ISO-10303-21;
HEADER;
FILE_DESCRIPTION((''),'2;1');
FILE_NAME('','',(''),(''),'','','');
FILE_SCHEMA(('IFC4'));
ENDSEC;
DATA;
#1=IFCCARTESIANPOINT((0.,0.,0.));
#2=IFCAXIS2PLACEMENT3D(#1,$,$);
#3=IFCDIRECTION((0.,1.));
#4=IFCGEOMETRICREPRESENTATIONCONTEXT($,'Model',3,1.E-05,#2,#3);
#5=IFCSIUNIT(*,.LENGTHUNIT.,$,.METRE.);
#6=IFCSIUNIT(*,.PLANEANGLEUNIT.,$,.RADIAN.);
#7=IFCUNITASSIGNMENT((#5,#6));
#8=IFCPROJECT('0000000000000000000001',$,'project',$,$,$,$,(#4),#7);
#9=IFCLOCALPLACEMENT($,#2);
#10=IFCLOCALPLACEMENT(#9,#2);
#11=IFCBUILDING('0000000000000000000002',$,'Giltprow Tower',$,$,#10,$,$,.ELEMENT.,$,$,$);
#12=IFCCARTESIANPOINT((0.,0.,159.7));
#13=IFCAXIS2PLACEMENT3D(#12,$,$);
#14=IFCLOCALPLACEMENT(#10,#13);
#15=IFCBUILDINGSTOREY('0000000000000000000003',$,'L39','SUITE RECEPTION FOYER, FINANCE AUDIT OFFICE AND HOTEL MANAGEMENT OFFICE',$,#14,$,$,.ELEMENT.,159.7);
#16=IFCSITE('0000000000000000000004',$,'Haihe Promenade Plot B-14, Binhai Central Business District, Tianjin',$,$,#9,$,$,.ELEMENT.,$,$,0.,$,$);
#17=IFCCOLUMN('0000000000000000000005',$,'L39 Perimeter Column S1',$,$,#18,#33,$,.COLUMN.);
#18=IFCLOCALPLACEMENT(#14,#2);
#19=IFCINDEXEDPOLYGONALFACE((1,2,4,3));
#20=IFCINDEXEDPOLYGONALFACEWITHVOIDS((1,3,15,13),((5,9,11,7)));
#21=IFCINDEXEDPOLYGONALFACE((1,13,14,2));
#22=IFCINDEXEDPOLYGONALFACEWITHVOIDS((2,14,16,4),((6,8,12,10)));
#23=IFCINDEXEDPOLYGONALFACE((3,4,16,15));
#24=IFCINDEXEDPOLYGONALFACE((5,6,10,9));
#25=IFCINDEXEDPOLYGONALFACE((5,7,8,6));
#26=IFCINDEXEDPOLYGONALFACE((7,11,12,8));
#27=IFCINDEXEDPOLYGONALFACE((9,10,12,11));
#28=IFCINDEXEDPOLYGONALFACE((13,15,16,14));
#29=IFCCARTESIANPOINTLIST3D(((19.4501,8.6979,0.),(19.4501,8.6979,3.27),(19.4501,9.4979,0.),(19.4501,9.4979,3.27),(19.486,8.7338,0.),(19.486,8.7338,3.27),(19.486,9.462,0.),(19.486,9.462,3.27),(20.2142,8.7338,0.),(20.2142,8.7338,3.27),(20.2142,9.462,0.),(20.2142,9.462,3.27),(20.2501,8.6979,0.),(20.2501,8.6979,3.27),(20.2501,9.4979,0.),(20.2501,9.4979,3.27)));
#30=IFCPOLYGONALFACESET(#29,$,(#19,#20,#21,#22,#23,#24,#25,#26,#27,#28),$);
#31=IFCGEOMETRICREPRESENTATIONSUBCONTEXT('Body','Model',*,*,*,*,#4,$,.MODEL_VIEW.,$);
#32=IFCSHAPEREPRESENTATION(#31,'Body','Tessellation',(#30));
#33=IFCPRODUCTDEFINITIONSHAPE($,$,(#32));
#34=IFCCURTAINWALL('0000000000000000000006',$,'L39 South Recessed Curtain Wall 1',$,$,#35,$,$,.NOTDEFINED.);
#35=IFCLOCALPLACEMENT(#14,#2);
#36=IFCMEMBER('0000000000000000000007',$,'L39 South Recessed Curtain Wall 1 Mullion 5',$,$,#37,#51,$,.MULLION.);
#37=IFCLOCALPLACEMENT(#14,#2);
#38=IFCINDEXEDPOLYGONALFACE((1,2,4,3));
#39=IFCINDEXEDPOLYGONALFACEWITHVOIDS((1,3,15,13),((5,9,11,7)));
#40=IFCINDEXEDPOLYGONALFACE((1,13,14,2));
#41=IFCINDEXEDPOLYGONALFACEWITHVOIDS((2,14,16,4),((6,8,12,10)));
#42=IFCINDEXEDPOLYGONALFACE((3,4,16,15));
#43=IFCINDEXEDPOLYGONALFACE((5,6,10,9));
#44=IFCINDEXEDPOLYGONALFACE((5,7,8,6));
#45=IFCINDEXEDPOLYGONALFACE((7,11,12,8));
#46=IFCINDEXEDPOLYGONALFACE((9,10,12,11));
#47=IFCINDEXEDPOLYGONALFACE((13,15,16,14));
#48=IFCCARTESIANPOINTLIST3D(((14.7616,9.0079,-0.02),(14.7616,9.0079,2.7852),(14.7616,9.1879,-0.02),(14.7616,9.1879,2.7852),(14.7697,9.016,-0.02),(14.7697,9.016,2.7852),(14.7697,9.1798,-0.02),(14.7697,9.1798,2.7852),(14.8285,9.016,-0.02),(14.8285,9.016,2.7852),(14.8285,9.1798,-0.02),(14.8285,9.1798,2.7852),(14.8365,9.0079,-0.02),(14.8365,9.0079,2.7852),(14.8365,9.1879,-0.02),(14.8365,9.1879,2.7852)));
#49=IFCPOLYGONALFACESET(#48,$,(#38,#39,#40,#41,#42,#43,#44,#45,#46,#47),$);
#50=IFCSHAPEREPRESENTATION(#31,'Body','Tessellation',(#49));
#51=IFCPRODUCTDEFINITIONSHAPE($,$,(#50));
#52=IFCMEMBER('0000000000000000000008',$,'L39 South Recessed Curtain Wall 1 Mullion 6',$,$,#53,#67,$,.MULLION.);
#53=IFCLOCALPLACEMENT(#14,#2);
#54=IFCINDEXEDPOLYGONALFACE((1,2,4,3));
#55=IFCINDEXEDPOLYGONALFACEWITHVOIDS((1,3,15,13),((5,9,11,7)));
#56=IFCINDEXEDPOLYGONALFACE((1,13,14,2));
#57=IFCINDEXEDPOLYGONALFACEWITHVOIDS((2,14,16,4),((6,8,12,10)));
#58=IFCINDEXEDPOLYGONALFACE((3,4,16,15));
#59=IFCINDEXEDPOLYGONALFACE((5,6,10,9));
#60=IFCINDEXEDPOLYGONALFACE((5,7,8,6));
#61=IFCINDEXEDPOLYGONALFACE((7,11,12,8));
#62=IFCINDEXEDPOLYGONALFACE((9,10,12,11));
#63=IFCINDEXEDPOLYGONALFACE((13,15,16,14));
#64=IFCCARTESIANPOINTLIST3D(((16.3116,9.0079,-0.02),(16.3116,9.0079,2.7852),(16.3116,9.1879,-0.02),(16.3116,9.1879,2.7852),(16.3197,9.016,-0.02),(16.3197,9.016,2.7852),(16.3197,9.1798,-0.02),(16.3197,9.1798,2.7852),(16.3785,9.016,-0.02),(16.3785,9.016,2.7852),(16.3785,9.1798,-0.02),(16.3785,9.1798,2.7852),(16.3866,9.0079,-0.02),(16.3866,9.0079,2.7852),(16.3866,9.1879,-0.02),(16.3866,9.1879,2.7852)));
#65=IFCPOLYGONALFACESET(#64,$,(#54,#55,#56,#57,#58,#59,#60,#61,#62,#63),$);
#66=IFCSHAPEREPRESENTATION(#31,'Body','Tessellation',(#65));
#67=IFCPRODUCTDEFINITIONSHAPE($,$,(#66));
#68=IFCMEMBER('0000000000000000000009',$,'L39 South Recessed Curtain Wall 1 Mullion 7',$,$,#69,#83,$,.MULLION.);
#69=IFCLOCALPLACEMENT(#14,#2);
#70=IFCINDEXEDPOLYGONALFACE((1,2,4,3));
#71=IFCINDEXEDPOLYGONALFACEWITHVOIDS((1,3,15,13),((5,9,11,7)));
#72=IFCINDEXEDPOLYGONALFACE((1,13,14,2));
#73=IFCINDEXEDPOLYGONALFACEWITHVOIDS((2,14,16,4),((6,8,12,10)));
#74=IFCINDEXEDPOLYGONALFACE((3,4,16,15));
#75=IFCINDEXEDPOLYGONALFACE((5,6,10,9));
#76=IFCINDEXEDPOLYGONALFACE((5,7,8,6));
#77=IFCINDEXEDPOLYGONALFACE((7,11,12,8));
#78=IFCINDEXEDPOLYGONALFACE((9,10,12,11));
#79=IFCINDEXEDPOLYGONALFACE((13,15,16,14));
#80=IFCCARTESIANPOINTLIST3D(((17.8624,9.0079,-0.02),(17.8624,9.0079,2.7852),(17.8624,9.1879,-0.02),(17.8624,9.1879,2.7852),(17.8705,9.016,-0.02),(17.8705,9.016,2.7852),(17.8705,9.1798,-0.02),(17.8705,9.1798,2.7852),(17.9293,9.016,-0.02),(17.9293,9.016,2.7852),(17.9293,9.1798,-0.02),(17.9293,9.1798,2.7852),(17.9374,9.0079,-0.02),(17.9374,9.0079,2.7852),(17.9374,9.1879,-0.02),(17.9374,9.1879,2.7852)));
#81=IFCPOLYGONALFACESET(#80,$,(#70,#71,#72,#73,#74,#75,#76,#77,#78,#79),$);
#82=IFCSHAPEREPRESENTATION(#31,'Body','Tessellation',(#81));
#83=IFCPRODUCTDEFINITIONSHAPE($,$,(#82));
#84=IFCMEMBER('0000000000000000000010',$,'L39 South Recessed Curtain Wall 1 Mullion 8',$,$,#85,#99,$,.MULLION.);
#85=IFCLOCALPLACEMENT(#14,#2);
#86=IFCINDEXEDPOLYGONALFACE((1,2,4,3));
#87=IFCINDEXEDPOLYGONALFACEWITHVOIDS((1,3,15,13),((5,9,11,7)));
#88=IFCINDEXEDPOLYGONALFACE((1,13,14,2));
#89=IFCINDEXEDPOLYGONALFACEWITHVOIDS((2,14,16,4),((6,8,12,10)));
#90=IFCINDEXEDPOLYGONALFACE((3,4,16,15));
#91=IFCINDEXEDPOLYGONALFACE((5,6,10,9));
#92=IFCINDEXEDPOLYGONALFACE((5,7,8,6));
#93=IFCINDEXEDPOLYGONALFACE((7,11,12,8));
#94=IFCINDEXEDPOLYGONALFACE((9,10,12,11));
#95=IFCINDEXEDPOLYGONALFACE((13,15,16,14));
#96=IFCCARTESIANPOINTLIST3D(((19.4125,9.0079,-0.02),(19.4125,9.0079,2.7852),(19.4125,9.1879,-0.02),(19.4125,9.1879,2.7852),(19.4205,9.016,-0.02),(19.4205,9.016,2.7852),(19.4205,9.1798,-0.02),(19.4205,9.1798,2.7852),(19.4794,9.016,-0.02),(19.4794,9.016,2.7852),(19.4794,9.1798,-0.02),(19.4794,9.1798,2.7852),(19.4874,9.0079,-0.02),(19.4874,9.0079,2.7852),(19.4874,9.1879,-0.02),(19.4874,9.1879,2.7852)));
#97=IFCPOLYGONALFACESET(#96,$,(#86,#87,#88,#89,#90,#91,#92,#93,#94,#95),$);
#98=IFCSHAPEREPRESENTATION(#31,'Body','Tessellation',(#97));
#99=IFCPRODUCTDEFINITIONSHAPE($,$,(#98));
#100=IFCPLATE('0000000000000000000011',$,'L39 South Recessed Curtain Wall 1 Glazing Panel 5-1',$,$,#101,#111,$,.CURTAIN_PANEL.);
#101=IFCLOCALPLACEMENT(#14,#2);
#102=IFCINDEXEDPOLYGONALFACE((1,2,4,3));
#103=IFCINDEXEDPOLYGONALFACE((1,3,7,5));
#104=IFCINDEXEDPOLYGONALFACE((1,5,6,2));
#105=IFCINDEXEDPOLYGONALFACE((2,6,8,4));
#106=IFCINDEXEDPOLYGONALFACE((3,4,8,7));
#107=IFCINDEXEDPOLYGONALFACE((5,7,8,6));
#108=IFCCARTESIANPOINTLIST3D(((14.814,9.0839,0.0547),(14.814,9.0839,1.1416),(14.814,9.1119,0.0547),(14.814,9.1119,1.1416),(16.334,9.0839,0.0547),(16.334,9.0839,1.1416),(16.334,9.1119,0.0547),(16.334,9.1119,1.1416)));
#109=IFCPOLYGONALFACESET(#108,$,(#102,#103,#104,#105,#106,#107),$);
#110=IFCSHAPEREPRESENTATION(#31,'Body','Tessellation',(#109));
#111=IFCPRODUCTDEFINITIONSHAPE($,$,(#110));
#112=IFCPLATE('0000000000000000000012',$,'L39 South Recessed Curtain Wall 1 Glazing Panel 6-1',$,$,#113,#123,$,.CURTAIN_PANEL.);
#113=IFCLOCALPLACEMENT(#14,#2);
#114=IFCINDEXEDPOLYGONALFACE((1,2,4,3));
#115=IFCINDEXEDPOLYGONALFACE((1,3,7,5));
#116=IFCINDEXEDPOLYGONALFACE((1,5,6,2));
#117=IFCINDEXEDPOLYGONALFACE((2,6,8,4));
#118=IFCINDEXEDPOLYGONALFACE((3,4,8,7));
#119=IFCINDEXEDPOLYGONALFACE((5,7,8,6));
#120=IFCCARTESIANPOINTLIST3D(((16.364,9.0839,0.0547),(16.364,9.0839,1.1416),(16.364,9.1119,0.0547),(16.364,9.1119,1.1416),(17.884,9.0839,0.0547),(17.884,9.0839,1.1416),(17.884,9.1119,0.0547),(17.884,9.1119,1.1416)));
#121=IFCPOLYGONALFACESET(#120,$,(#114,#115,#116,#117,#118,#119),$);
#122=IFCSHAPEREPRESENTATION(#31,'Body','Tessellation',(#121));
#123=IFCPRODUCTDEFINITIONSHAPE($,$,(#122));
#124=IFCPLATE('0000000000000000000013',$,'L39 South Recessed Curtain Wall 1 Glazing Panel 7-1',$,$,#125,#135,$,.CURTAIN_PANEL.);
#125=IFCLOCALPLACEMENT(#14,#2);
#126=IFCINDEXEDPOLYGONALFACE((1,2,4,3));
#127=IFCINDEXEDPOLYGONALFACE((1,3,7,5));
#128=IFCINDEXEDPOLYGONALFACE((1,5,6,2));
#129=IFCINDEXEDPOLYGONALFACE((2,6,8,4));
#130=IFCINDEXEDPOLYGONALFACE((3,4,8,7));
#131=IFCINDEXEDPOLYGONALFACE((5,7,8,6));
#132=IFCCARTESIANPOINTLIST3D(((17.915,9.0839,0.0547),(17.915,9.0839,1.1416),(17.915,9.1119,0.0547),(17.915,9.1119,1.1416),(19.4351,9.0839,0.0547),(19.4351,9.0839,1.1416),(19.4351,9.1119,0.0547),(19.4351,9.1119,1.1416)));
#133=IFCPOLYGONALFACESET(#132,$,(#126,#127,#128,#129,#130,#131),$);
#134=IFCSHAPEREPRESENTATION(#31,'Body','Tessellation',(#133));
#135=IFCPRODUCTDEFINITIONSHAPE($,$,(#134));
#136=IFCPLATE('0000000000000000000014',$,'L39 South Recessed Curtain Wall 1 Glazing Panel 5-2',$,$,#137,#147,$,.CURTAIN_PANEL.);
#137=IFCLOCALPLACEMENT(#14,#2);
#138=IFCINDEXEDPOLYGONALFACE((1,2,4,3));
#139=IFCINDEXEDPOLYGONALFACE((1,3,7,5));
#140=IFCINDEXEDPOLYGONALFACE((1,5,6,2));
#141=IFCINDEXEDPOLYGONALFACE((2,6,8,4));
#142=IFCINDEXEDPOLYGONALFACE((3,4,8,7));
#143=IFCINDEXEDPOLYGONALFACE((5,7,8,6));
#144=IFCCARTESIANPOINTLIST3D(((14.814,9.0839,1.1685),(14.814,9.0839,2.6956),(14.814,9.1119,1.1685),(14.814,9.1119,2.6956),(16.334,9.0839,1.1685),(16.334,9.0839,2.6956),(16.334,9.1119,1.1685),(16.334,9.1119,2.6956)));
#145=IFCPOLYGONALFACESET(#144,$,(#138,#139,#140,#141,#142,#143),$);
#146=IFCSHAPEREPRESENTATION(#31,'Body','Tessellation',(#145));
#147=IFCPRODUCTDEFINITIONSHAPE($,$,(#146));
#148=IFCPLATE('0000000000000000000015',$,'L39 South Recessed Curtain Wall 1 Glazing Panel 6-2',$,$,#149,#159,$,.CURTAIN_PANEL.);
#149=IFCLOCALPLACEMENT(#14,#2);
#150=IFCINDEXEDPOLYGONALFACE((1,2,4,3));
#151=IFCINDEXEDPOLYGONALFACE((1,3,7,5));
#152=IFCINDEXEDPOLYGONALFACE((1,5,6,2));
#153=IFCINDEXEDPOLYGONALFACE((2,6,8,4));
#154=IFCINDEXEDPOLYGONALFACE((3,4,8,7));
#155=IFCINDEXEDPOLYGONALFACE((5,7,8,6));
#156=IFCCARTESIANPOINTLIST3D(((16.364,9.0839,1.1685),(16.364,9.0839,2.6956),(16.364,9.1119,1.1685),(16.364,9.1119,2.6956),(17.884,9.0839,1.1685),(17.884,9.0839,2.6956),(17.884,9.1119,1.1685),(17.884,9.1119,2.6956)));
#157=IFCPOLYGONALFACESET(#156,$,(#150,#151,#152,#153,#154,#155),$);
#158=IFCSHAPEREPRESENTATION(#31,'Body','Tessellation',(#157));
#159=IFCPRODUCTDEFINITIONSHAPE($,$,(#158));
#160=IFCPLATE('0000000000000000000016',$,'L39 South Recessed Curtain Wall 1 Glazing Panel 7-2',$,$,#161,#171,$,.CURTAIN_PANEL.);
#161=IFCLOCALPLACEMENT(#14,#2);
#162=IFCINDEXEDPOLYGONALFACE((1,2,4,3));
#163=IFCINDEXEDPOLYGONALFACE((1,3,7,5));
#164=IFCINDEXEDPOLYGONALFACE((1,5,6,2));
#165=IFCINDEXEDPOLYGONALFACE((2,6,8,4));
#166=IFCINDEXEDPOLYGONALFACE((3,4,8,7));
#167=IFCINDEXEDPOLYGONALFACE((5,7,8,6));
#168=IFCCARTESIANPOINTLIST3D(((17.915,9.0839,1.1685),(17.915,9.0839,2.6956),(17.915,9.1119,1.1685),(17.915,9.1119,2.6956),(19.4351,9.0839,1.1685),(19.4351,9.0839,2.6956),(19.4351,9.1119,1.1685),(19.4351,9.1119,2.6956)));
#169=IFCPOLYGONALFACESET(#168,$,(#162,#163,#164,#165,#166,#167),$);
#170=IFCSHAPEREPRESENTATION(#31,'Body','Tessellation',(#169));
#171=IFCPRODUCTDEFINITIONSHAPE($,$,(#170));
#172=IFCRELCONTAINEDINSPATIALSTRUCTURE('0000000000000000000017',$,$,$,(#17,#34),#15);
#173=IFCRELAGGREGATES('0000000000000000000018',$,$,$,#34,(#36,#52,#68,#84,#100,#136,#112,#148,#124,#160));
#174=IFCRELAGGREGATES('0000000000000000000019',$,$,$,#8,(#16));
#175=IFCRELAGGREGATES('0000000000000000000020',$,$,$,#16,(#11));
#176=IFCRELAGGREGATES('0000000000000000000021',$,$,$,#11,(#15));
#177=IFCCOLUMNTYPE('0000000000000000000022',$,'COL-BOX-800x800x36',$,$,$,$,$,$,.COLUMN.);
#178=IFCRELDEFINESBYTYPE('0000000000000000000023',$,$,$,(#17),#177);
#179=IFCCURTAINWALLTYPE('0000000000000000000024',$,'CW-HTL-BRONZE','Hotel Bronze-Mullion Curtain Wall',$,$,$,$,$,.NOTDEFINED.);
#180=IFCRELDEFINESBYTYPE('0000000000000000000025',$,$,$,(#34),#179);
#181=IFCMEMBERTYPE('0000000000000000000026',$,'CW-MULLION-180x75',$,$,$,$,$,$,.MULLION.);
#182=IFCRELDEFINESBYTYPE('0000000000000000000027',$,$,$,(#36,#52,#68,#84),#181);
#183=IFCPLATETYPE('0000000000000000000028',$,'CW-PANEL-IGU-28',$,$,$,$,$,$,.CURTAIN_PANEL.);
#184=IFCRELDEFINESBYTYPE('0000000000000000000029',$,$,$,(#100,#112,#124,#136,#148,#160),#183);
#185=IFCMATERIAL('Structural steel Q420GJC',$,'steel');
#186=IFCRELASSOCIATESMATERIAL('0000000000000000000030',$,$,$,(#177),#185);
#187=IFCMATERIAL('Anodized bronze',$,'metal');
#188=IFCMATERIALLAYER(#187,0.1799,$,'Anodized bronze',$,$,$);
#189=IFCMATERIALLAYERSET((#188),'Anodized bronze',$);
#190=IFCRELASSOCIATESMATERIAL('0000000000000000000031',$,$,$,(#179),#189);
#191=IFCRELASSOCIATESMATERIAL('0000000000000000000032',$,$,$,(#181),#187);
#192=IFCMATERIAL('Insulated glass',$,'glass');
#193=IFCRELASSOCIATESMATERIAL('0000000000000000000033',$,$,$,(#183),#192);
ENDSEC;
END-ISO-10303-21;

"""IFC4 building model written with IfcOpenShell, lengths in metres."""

from ifc_helpers import new_model, si_unit, direction, frame, origin, origin_2d, place, context, subcontext, project, spatial, rectangle, hollow_rectangle, extrude, source, transform, mapped, material, layer, layer_set, material_profile, profile_set, type_object, element, aggregate, save


model = new_model("IFC4")

# Units and contexts
model_context = context("Model", 3, precision=1e-05, world=origin(), true_north=direction((0.0, 1.0)))
body_context = subcontext(model_context, "Body", "Model", "MODEL_VIEW")
ifc_project = project(units=[si_unit("LENGTHUNIT", "METRE"), si_unit("PLANEANGLEUNIT", "RADIAN")], contexts=[model_context])

# Site, building, storey
site_placement = place(None, origin())
site = spatial("IfcSite", under=ifc_project, at=site_placement, Name="Haihe Promenade Plot B-14, Binhai Central Business District, Tianjin", CompositionType="ELEMENT", RefElevation=0.0)
building_placement = place(site_placement, origin())
building = spatial("IfcBuilding", under=site, at=building_placement, Name="Giltprow Tower", CompositionType="ELEMENT")
storey_placement = place(building_placement, frame((0.0, 0.0, 159.7)))
storey = spatial("IfcBuildingStorey", under=building, at=storey_placement, Name="L39", Description="SUITE RECEPTION FOYER, FINANCE AUDIT OFFICE AND HOTEL MANAGEMENT OFFICE", CompositionType="ELEMENT", Elevation=159.7)

# Column
ifc_material_1 = material(Name="Structural steel Q420GJC", Category="steel")
ifc_material_profile_1 = material_profile(ifc_material_1, hollow_rectangle(XDim=0.8, YDim=0.8, WallThickness=0.0359, at=origin_2d()), Name="BOX 800x800x36")
ifc_profile_set_1 = profile_set([ifc_material_profile_1], Name="Structural steel Q420GJC")
column_type = type_object("IfcColumnType", Name="COL-BOX-800x800x36", PredefinedType="COLUMN", material=ifc_profile_set_1)
shared_shape_1 = source(origin(), body_context, "Body", "SweptSolid", [
    extrude(hollow_rectangle(XDim=0.8, YDim=0.8, WallThickness=0.0359, at=origin_2d()), origin(), (0.0, 0.0, 1.0), 3.27),
])
column_placement = place(storey_placement, frame((19.8501, 9.0979, 0.0), z_axis=(0.0, 0.0, 1.0), x_axis=(1.0, 0.0, 0.0)))
element("IfcColumn", 1, at=column_placement, inside=storey, type_object=column_type, Name="L39 Perimeter Column S1", PredefinedType="COLUMN", context=body_context, shape_type="MappedRepresentation", body=[
    mapped(shared_shape_1, transform((0.0, 0.0, 0.0), x_axis=(1.0, 0.0, 0.0), y_axis=(0.0, 1.0, 0.0), z_axis=(0.0, 0.0, 1.0), scale=1.0)),
])

# Curtain wall, members, plates
ifc_material_2 = material(Name="Anodized bronze", Category="metal")
ifc_layer = layer(ifc_material_2, 0.1799, Name="Anodized bronze")
ifc_layer_set = layer_set([ifc_layer], Name="Anodized bronze")
curtain_wall_type = type_object("IfcCurtainWallType", Name="CW-HTL-BRONZE", Description="Hotel Bronze-Mullion Curtain Wall", PredefinedType="NOTDEFINED", material=ifc_layer_set)
curtain_wall_placement = place(storey_placement, origin())
curtain_wall = element("IfcCurtainWall", 2, at=curtain_wall_placement, inside=storey, type_object=curtain_wall_type, Name="L39 South Recessed Curtain Wall 1", PredefinedType="NOTDEFINED")
ifc_material_profile_2 = material_profile(ifc_material_2, hollow_rectangle(XDim=0.075, YDim=0.1799, WallThickness=0.0081, at=origin_2d()), Name="RHS 180x75x8")
ifc_profile_set_2 = profile_set([ifc_material_profile_2], Name="Anodized bronze")
member_type = type_object("IfcMemberType", Name="CW-MULLION-180x75", PredefinedType="MULLION", material=ifc_profile_set_2)
shared_shape_2 = source(origin(), body_context, "Body", "SweptSolid", [
    extrude(hollow_rectangle(XDim=0.075, YDim=0.1799, WallThickness=0.0081, at=origin_2d()), origin(), (0.0, 0.0, 1.0), 2.8052),
])
member_1_placement = place(storey_placement, frame((14.7991, 9.0979, -0.02), z_axis=(0.0, 0.0, 1.0), x_axis=(1.0, 0.0, 0.0)))
member_1 = element("IfcMember", 3, at=member_1_placement, type_object=member_type, Name="L39 South Recessed Curtain Wall 1 Mullion 5", PredefinedType="MULLION", context=body_context, shape_type="MappedRepresentation", body=[
    mapped(shared_shape_2, transform((0.0, 0.0, 0.0), x_axis=(1.0, 0.0, 0.0), y_axis=(0.0, 1.0, 0.0), z_axis=(0.0, 0.0, 1.0), scale=1.0)),
])
member_2_placement = place(storey_placement, frame((16.3491, 9.0979, -0.02), z_axis=(0.0, 0.0, 1.0), x_axis=(1.0, 0.0, 0.0)))
member_2 = element("IfcMember", 4, at=member_2_placement, type_object=member_type, Name="L39 South Recessed Curtain Wall 1 Mullion 6", PredefinedType="MULLION", context=body_context, shape_type="MappedRepresentation", body=[
    mapped(shared_shape_2, transform((0.0, 0.0, 0.0), x_axis=(1.0, 0.0, 0.0), y_axis=(0.0, 1.0, 0.0), z_axis=(0.0, 0.0, 1.0), scale=1.0)),
])
member_3_placement = place(storey_placement, frame((17.8999, 9.0979, -0.02), z_axis=(0.0, 0.0, 1.0), x_axis=(1.0, 0.0, 0.0)))
member_3 = element("IfcMember", 5, at=member_3_placement, type_object=member_type, Name="L39 South Recessed Curtain Wall 1 Mullion 7", PredefinedType="MULLION", context=body_context, shape_type="MappedRepresentation", body=[
    mapped(shared_shape_2, transform((0.0, 0.0, 0.0), x_axis=(1.0, 0.0, 0.0), y_axis=(0.0, 1.0, 0.0), z_axis=(0.0, 0.0, 1.0), scale=1.0)),
])
member_4_placement = place(storey_placement, frame((19.45, 9.0979, -0.02), z_axis=(0.0, 0.0, 1.0), x_axis=(1.0, 0.0, 0.0)))
member_4 = element("IfcMember", 6, at=member_4_placement, type_object=member_type, Name="L39 South Recessed Curtain Wall 1 Mullion 8", PredefinedType="MULLION", context=body_context, shape_type="MappedRepresentation", body=[
    mapped(shared_shape_2, transform((0.0, 0.0, 0.0), x_axis=(1.0, 0.0, 0.0), y_axis=(0.0, 1.0, 0.0), z_axis=(0.0, 0.0, 1.0), scale=1.0)),
])
ifc_material_3 = material(Name="Insulated glass", Category="glass")
plate_type = type_object("IfcPlateType", Name="CW-PANEL-IGU-28", PredefinedType="CURTAIN_PANEL", material=ifc_material_3)
shared_shape_3 = source(origin(), body_context, "Body", "SweptSolid", [
    extrude(rectangle(XDim=1.52, YDim=0.0281, at=origin_2d()), origin(), (0.0, 0.0, 1.0), 1.0869),
])
plate_1_placement = place(storey_placement, frame((15.574, 9.0979, 0.0547), z_axis=(0.0, 0.0, 1.0), x_axis=(1.0, 0.0, 0.0)))
plate_1 = element("IfcPlate", 7, at=plate_1_placement, type_object=plate_type, Name="L39 South Recessed Curtain Wall 1 Glazing Panel 5-1", PredefinedType="CURTAIN_PANEL", context=body_context, shape_type="MappedRepresentation", body=[
    mapped(shared_shape_3, transform((0.0, 0.0, 0.0), x_axis=(1.0, 0.0, 0.0), y_axis=(0.0, 1.0, 0.0), z_axis=(0.0, 0.0, 1.0), scale=1.0)),
])
plate_2_placement = place(storey_placement, frame((17.124, 9.0979, 0.0547), z_axis=(0.0, 0.0, 1.0), x_axis=(1.0, 0.0, 0.0)))
plate_2 = element("IfcPlate", 8, at=plate_2_placement, type_object=plate_type, Name="L39 South Recessed Curtain Wall 1 Glazing Panel 6-1", PredefinedType="CURTAIN_PANEL", context=body_context, shape_type="MappedRepresentation", body=[
    mapped(shared_shape_3, transform((0.0, 0.0, 0.0), x_axis=(1.0, 0.0, 0.0), y_axis=(0.0, 1.0, 0.0), z_axis=(0.0, 0.0, 1.0), scale=1.0)),
])
plate_3_placement = place(storey_placement, frame((18.675, 9.0979, 0.0547), z_axis=(0.0, 0.0, 1.0), x_axis=(1.0, 0.0, 0.0)))
plate_3 = element("IfcPlate", 9, at=plate_3_placement, type_object=plate_type, Name="L39 South Recessed Curtain Wall 1 Glazing Panel 7-1", PredefinedType="CURTAIN_PANEL", context=body_context, shape_type="MappedRepresentation", body=[
    mapped(shared_shape_3, transform((0.0, 0.0, 0.0), x_axis=(1.0, 0.0, 0.0), y_axis=(0.0, 1.0, 0.0), z_axis=(0.0, 0.0, 1.0), scale=1.0)),
])
shared_shape_4 = source(origin(), body_context, "Body", "SweptSolid", [
    extrude(rectangle(XDim=1.52, YDim=0.0281, at=origin_2d()), origin(), (0.0, 0.0, 1.0), 1.5271),
])
plate_4_placement = place(storey_placement, frame((15.574, 9.0979, 1.1685), z_axis=(0.0, 0.0, 1.0), x_axis=(1.0, 0.0, 0.0)))
plate_4 = element("IfcPlate", 10, at=plate_4_placement, type_object=plate_type, Name="L39 South Recessed Curtain Wall 1 Glazing Panel 5-2", PredefinedType="CURTAIN_PANEL", context=body_context, shape_type="MappedRepresentation", body=[
    mapped(shared_shape_4, transform((0.0, 0.0, 0.0), x_axis=(1.0, 0.0, 0.0), y_axis=(0.0, 1.0, 0.0), z_axis=(0.0, 0.0, 1.0), scale=1.0)),
])
plate_5_placement = place(storey_placement, frame((17.124, 9.0979, 1.1685), z_axis=(0.0, 0.0, 1.0), x_axis=(1.0, 0.0, 0.0)))
plate_5 = element("IfcPlate", 11, at=plate_5_placement, type_object=plate_type, Name="L39 South Recessed Curtain Wall 1 Glazing Panel 6-2", PredefinedType="CURTAIN_PANEL", context=body_context, shape_type="MappedRepresentation", body=[
    mapped(shared_shape_4, transform((0.0, 0.0, 0.0), x_axis=(1.0, 0.0, 0.0), y_axis=(0.0, 1.0, 0.0), z_axis=(0.0, 0.0, 1.0), scale=1.0)),
])
plate_6_placement = place(storey_placement, frame((18.675, 9.0979, 1.1685), z_axis=(0.0, 0.0, 1.0), x_axis=(1.0, 0.0, 0.0)))
plate_6 = element("IfcPlate", 12, at=plate_6_placement, type_object=plate_type, Name="L39 South Recessed Curtain Wall 1 Glazing Panel 7-2", PredefinedType="CURTAIN_PANEL", context=body_context, shape_type="MappedRepresentation", body=[
    mapped(shared_shape_4, transform((0.0, 0.0, 0.0), x_axis=(1.0, 0.0, 0.0), y_axis=(0.0, 1.0, 0.0), z_axis=(0.0, 0.0, 1.0), scale=1.0)),
])
aggregate(curtain_wall, [member_1, member_2, member_3, member_4, plate_1, plate_4, plate_2, plate_5, plate_3, plate_6])

save(model, "model.ifc")
